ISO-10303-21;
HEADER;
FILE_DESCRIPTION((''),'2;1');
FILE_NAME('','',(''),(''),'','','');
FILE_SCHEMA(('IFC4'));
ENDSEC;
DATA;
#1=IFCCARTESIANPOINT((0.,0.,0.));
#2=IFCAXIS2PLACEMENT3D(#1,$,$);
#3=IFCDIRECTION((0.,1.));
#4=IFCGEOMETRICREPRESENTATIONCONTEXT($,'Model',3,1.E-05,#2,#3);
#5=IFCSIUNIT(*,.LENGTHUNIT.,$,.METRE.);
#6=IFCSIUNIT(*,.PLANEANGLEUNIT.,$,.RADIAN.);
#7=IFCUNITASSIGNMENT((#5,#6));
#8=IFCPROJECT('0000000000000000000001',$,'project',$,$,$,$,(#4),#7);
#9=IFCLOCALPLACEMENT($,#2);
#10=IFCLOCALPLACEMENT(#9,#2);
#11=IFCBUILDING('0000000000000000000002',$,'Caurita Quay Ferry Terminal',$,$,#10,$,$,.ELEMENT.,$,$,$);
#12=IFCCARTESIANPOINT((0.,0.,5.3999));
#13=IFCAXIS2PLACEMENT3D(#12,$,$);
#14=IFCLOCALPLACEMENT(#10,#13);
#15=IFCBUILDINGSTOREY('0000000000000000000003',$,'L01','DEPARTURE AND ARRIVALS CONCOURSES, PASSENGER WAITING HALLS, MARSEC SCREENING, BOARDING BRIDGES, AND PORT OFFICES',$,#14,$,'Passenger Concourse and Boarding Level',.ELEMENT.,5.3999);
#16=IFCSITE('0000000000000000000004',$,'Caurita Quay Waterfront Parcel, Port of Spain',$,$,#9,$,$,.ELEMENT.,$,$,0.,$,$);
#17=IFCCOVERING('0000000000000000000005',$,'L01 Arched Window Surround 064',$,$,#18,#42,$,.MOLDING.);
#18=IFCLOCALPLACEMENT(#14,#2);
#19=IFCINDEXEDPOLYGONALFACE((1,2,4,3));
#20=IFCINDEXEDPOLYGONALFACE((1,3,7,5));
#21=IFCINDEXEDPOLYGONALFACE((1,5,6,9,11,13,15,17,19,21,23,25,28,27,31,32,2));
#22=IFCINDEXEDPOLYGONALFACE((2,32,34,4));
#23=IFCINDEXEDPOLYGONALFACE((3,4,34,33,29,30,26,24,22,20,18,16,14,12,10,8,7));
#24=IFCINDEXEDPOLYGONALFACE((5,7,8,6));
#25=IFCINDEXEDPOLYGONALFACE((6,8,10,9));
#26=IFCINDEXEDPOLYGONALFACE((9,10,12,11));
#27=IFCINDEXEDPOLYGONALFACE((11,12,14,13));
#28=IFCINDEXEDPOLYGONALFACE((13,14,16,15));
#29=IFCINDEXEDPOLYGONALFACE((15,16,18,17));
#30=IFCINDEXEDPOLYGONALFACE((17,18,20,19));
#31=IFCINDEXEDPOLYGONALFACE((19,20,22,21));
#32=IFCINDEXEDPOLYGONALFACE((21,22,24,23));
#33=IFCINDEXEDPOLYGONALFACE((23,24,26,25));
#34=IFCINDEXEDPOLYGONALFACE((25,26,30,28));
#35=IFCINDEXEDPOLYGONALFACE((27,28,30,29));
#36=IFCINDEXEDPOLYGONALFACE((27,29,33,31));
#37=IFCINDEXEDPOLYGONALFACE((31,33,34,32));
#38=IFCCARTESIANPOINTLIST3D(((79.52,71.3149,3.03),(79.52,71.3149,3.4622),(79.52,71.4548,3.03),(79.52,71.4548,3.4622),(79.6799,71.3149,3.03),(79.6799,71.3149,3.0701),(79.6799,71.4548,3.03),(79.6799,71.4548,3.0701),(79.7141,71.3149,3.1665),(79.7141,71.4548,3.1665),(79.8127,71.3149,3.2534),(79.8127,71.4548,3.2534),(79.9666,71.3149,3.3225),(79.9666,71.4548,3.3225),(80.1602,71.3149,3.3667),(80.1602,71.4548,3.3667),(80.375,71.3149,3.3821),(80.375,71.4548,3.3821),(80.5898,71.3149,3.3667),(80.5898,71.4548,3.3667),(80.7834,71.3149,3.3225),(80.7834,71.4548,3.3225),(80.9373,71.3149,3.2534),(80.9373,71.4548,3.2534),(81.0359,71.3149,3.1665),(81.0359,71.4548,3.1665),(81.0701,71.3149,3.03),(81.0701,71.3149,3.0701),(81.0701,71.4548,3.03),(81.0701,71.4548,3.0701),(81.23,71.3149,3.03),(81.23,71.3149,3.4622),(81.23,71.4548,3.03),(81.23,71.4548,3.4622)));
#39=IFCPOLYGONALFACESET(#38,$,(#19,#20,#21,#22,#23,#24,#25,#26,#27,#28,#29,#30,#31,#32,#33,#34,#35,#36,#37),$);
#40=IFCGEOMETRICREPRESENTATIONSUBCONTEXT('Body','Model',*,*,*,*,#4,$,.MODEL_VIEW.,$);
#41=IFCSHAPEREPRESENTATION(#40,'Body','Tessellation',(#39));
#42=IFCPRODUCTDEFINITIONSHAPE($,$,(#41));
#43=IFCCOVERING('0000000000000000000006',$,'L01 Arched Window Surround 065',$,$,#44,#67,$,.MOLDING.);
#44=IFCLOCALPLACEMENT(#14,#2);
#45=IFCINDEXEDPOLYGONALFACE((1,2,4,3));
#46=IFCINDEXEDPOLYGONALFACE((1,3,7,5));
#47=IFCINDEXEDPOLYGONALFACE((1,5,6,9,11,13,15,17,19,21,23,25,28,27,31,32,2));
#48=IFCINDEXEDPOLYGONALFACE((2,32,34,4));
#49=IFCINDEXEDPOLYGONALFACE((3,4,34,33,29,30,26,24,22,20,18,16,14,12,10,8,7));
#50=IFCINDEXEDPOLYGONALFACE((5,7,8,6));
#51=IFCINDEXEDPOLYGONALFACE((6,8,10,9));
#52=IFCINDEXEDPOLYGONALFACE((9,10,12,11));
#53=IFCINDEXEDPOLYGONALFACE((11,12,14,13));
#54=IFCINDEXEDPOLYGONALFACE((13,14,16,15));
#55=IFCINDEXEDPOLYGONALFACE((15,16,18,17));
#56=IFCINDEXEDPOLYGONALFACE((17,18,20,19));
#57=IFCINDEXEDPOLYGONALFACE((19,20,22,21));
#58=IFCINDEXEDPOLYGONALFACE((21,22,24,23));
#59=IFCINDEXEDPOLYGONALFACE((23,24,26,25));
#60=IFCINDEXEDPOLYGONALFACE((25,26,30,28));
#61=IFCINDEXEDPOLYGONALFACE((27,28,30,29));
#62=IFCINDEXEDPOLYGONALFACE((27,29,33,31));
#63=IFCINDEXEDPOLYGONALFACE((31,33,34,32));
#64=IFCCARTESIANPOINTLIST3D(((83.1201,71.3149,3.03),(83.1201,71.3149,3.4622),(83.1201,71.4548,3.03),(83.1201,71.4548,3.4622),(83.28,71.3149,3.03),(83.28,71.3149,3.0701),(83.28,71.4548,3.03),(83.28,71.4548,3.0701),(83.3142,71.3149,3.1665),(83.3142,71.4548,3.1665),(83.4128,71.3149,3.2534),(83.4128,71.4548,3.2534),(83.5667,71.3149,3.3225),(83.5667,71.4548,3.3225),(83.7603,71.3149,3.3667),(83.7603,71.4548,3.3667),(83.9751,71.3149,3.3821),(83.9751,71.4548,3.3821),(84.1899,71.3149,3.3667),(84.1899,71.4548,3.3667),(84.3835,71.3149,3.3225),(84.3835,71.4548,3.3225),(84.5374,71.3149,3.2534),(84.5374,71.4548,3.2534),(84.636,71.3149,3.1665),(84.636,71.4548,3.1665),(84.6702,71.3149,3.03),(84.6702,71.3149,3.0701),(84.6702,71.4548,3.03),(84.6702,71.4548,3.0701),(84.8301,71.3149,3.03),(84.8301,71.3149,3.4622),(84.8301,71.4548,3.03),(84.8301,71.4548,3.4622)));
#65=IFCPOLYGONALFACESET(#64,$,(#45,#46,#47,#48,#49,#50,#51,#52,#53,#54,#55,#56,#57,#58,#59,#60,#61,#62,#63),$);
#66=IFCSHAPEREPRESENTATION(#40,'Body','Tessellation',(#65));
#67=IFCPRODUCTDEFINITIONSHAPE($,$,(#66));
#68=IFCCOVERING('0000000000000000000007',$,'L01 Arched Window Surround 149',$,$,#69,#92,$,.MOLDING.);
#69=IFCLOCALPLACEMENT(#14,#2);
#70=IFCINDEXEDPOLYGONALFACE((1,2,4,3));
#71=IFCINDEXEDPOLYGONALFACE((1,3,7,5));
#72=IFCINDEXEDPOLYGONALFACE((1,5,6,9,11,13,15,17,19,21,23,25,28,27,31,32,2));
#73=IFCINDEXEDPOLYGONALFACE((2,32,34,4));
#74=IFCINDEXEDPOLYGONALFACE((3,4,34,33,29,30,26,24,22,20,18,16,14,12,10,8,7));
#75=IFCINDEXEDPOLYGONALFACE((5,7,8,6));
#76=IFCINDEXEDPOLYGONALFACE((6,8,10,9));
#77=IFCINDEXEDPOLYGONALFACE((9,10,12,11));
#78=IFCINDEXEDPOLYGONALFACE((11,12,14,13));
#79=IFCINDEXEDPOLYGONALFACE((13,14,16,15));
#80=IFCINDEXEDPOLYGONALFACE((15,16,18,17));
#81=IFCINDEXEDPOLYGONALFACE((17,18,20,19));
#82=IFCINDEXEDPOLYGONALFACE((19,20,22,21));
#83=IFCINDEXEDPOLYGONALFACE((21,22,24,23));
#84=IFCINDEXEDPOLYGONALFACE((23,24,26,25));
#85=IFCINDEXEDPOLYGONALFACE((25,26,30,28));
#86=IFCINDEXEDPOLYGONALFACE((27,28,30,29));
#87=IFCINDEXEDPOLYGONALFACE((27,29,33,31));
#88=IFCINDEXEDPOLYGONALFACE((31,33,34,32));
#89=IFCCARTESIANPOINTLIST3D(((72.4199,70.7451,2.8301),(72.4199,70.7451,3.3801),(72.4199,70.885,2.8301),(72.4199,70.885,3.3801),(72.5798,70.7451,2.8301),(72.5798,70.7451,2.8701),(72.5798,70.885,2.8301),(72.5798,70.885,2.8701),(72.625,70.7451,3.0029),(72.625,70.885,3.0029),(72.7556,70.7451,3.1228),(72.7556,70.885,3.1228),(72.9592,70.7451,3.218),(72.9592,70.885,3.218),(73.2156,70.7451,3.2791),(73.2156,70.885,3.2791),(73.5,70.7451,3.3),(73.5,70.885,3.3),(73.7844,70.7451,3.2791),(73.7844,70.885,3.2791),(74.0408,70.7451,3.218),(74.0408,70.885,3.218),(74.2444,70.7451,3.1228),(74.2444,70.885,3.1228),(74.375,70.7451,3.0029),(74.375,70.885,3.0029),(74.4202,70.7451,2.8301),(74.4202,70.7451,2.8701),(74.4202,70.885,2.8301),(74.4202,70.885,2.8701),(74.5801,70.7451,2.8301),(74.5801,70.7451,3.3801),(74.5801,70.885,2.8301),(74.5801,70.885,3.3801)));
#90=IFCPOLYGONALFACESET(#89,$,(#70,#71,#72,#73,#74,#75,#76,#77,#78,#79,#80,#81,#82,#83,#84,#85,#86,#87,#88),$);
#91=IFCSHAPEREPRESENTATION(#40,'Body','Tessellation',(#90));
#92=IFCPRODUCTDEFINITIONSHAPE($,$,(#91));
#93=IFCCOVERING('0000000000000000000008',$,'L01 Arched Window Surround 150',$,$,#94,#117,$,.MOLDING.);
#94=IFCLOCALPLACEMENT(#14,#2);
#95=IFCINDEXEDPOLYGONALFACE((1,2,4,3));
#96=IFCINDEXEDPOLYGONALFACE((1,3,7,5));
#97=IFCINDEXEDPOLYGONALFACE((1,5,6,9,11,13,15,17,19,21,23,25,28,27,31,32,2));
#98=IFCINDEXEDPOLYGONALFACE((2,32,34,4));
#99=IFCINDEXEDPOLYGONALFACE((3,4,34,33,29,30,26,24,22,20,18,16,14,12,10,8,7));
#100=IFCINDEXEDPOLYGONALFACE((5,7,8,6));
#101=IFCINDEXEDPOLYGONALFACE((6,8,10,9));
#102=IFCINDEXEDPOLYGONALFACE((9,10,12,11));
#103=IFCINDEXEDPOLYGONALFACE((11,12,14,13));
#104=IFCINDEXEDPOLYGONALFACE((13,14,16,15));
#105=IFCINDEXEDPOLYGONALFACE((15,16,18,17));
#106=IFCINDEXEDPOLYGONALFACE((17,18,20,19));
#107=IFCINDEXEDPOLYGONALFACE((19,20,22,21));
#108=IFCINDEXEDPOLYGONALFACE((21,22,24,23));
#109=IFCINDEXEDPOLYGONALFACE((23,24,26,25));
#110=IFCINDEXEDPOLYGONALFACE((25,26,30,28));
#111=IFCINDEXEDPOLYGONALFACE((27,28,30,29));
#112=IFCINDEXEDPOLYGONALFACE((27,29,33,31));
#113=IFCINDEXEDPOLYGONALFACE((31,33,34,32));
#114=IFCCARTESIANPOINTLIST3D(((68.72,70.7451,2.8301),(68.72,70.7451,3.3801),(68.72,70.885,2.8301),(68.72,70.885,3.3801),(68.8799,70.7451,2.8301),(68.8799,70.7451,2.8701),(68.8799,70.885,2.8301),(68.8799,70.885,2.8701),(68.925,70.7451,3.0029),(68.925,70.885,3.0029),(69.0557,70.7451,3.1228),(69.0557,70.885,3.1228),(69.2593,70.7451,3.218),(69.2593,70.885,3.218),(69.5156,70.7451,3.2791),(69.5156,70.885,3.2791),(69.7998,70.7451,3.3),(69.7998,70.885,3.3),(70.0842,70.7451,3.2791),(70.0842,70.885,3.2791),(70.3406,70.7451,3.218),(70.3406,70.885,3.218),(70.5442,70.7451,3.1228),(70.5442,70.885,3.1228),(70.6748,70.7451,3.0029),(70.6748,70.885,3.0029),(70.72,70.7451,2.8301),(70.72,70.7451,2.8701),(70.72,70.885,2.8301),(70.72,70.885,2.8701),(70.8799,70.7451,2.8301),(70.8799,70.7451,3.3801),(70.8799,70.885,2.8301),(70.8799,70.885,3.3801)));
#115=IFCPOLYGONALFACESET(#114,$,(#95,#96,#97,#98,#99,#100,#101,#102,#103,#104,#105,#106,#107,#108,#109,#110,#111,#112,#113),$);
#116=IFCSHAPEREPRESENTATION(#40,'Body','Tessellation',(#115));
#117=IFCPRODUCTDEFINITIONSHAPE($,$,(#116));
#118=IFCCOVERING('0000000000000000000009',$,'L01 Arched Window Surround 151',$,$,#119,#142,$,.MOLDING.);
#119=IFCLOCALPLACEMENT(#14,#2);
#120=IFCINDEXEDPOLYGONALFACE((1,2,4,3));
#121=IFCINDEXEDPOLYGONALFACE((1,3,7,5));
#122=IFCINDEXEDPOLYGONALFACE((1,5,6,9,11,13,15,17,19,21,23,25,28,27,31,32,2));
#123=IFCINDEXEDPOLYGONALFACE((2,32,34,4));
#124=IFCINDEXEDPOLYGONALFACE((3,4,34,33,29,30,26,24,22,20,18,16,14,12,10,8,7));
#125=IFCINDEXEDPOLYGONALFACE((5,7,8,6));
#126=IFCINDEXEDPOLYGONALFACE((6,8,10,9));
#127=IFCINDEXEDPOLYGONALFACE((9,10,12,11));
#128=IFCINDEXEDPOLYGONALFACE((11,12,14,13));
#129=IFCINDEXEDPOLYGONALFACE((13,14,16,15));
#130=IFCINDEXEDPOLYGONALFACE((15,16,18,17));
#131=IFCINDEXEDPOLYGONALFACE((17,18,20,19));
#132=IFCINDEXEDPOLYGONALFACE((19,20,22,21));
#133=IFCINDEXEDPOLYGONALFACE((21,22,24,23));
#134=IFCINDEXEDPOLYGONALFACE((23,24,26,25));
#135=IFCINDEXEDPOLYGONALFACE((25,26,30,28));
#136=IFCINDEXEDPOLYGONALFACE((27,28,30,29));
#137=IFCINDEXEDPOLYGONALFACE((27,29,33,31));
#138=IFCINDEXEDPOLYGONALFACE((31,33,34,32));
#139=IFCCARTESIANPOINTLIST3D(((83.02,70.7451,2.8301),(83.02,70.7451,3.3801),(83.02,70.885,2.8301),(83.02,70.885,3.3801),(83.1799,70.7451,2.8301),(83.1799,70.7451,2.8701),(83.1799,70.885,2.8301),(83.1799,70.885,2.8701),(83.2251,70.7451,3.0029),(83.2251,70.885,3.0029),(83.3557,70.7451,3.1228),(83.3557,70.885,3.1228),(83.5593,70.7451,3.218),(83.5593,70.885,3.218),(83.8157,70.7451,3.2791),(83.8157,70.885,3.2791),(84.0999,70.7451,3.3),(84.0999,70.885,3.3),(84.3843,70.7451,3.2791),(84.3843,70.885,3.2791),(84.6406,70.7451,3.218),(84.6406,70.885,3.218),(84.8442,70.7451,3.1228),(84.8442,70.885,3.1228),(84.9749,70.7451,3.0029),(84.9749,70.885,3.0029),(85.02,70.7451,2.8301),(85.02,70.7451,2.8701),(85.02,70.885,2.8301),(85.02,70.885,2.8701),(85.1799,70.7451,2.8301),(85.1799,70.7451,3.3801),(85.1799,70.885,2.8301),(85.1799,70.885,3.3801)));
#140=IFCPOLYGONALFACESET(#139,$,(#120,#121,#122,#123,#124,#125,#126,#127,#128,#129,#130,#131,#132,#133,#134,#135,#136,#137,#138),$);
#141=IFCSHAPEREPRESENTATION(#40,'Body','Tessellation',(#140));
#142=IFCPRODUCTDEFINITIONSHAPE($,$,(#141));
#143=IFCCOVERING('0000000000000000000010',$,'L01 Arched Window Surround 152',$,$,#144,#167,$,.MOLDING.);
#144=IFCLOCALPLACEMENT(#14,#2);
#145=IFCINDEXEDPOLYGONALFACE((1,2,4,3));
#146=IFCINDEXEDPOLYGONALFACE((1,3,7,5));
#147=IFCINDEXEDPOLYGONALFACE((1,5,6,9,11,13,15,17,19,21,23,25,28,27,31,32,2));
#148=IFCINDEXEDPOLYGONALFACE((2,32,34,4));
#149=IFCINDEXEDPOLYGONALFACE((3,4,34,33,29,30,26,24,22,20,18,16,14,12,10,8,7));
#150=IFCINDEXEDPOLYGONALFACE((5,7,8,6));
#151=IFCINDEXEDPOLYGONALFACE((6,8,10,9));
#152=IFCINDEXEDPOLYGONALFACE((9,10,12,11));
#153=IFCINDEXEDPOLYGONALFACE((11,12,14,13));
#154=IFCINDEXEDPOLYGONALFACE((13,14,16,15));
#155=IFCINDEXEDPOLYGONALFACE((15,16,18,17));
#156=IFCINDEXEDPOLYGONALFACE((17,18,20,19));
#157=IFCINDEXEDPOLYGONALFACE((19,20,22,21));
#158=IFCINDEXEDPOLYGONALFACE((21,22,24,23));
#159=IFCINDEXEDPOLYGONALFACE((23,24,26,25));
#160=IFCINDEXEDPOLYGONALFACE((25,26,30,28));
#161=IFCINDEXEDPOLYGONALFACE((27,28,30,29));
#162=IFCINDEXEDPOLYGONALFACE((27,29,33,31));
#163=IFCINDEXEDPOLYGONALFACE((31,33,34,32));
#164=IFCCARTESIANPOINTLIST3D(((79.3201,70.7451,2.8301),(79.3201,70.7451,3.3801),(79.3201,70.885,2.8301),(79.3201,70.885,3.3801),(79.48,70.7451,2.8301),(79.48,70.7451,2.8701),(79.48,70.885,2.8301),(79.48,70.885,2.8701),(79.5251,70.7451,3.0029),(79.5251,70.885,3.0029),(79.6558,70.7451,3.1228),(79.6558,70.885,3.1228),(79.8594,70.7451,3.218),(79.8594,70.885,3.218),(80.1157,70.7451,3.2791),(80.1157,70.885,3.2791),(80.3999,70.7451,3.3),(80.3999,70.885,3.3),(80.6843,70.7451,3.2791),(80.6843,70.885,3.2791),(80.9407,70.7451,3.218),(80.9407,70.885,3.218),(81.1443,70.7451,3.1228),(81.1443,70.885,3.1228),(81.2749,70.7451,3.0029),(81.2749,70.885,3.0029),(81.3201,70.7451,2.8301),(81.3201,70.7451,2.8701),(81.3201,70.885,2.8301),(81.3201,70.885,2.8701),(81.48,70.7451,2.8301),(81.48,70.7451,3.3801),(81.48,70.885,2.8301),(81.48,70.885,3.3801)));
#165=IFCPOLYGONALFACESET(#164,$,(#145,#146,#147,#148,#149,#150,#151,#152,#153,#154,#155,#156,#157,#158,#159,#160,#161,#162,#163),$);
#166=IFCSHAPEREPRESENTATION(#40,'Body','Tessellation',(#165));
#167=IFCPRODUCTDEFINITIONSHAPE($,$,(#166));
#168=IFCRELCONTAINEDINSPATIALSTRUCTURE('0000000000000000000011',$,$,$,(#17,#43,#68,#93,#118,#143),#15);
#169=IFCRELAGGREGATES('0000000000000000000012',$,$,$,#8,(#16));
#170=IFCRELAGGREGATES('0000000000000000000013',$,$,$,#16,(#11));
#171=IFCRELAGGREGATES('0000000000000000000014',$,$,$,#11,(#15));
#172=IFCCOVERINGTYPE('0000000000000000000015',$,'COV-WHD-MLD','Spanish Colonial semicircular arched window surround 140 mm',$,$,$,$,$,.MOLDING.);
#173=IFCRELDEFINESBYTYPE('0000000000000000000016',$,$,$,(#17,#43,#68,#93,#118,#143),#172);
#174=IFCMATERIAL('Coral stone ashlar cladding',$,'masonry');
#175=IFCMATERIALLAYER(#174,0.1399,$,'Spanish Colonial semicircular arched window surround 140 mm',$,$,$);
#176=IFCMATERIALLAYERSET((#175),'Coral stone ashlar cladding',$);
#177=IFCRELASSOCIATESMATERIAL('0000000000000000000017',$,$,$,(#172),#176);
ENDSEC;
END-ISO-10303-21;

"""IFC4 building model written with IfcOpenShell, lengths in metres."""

from ifc_helpers import new_model, si_unit, direction, frame, origin, place, context, subcontext, project, spatial, polyline, outline, extrude, material, layer, layer_set, type_object, element, save


model = new_model("IFC4")

# Units and contexts
model_context = context("Model", 3, precision=1e-05, world=origin(), true_north=direction((0.0, 1.0)))
body_context = subcontext(model_context, "Body", "Model", "MODEL_VIEW")
ifc_project = project(units=[si_unit("LENGTHUNIT", "METRE"), si_unit("PLANEANGLEUNIT", "RADIAN")], contexts=[model_context])

# Site, building, storey
site_placement = place(None, origin())
site = spatial("IfcSite", under=ifc_project, at=site_placement, Name="Caurita Quay Waterfront Parcel, Port of Spain", CompositionType="ELEMENT", RefElevation=0.0)
building_placement = place(site_placement, origin())
building = spatial("IfcBuilding", under=site, at=building_placement, Name="Caurita Quay Ferry Terminal", CompositionType="ELEMENT")
storey_placement = place(building_placement, frame((0.0, 0.0, 5.3999)))
storey = spatial("IfcBuildingStorey", under=building, at=storey_placement, Name="L01", Description="DEPARTURE AND ARRIVALS CONCOURSES, PASSENGER WAITING HALLS, MARSEC SCREENING, BOARDING BRIDGES, AND PORT OFFICES", LongName="Passenger Concourse and Boarding Level", CompositionType="ELEMENT", Elevation=5.3999)

# Coverings
ifc_material_1 = material(Name="Coral stone ashlar cladding", Category="masonry")
ifc_layer_1 = layer(ifc_material_1, 0.1399, Name="Spanish Colonial semicircular arched window surround 140 mm")
ifc_layer_set_1 = layer_set([ifc_layer_1], Name="Coral stone ashlar cladding")
covering_type_1 = type_object("IfcCoveringType", Name="COV-WHD-MLD", Description="Spanish Colonial semicircular arched window surround 140 mm", PredefinedType="MOLDING", material=ifc_layer_set_1)
for number, where, z_axis, x_axis, name in (
    (1, (79.52, 71.385, 3.03), (0.0, 0.0, 1.0), (1.0, 0.0, 0.0), "L01 Arched Window Surround 064"),
    (2, (83.1201, 71.385, 3.03), (0.0, 0.0, 1.0), (1.0, 0.0, 0.0), "L01 Arched Window Surround 065"),
):
    element("IfcCovering", number, at=place(storey_placement, frame(where, z_axis=z_axis, x_axis=x_axis)), inside=storey, type_object=covering_type_1, Name=name, PredefinedType="MOLDING", context=body_context, shape_type="SweptSolid", body=[
        extrude(outline(polyline([(0.0, 0.0), (0.1599, 0.0), (0.1599, 0.04), (0.1941, 0.1365), (0.2927, 0.2234), (0.4465, 0.2925), (0.6401, 0.3367), (0.855, 0.3521), (1.0698, 0.3367), (1.2634, 0.2925), (1.4172, 0.2234), (1.5159, 0.1365), (1.55, 0.04), (1.55, 0.0), (1.71, 0.0), (1.71, 0.4321), (0.0, 0.4321), (0.0, 0.0)])), frame((0.0, 0.0698, 0.0), z_axis=(0.0, -1.0, 0.0), x_axis=(1.0, 0.0, 0.0)), (0.0, 0.0, 1.0), 0.1399),
    ])
covering_1_placement = place(storey_placement, frame((74.5801, 70.8149, 2.8301), z_axis=(0.0, 0.0, 1.0), x_axis=(-1.0, 0.0, 0.0)))
element("IfcCovering", 3, at=covering_1_placement, inside=storey, type_object=covering_type_1, Name="L01 Arched Window Surround 149", PredefinedType="MOLDING", context=body_context, shape_type="SweptSolid", body=[
    extrude(outline(polyline([(0.0, 0.0), (0.1599, 0.0), (0.1599, 0.04), (0.2051, 0.1729), (0.3357, 0.2927), (0.5393, 0.3879), (0.7957, 0.449), (1.0801, 0.47), (1.3645, 0.449), (1.6208, 0.3879), (1.8245, 0.2927), (1.9551, 0.1729), (2.0002, 0.04), (2.0002, 0.0), (2.1602, 0.0), (2.1602, 0.55), (0.0, 0.55), (0.0, 0.0)])), frame((0.0, 0.0698, 0.0), z_axis=(0.0, -1.0, 0.0), x_axis=(1.0, 0.0, 0.0)), (0.0, 0.0, 1.0), 0.1399),
])
for number, where, z_axis, x_axis, name in (
    (4, (70.8799, 70.8149, 2.8301), (0.0, 0.0, 1.0), (-1.0, 0.0, 0.0), "L01 Arched Window Surround 150"),
    (5, (85.1799, 70.8149, 2.8301), (0.0, 0.0, 1.0), (-1.0, 0.0, 0.0), "L01 Arched Window Surround 151"),
    (6, (81.48, 70.8149, 2.8301), (0.0, 0.0, 1.0), (-1.0, 0.0, 0.0), "L01 Arched Window Surround 152"),
):
    element("IfcCovering", number, at=place(storey_placement, frame(where, z_axis=z_axis, x_axis=x_axis)), inside=storey, type_object=covering_type_1, Name=name, PredefinedType="MOLDING", context=body_context, shape_type="SweptSolid", body=[
        extrude(outline(polyline([(0.0, 0.0), (0.1599, 0.0), (0.1599, 0.04), (0.2051, 0.1729), (0.3357, 0.2927), (0.5393, 0.3879), (0.7957, 0.449), (1.0801, 0.47), (1.3643, 0.449), (1.6206, 0.3879), (1.8242, 0.2927), (1.9548, 0.1729), (2.0, 0.04), (2.0, 0.0), (2.1599, 0.0), (2.1599, 0.55), (0.0, 0.55), (0.0, 0.0)])), frame((0.0, 0.0698, 0.0), z_axis=(0.0, -1.0, 0.0), x_axis=(1.0, 0.0, 0.0)), (0.0, 0.0, 1.0), 0.1399),
    ])

save(model, "model.ifc")
